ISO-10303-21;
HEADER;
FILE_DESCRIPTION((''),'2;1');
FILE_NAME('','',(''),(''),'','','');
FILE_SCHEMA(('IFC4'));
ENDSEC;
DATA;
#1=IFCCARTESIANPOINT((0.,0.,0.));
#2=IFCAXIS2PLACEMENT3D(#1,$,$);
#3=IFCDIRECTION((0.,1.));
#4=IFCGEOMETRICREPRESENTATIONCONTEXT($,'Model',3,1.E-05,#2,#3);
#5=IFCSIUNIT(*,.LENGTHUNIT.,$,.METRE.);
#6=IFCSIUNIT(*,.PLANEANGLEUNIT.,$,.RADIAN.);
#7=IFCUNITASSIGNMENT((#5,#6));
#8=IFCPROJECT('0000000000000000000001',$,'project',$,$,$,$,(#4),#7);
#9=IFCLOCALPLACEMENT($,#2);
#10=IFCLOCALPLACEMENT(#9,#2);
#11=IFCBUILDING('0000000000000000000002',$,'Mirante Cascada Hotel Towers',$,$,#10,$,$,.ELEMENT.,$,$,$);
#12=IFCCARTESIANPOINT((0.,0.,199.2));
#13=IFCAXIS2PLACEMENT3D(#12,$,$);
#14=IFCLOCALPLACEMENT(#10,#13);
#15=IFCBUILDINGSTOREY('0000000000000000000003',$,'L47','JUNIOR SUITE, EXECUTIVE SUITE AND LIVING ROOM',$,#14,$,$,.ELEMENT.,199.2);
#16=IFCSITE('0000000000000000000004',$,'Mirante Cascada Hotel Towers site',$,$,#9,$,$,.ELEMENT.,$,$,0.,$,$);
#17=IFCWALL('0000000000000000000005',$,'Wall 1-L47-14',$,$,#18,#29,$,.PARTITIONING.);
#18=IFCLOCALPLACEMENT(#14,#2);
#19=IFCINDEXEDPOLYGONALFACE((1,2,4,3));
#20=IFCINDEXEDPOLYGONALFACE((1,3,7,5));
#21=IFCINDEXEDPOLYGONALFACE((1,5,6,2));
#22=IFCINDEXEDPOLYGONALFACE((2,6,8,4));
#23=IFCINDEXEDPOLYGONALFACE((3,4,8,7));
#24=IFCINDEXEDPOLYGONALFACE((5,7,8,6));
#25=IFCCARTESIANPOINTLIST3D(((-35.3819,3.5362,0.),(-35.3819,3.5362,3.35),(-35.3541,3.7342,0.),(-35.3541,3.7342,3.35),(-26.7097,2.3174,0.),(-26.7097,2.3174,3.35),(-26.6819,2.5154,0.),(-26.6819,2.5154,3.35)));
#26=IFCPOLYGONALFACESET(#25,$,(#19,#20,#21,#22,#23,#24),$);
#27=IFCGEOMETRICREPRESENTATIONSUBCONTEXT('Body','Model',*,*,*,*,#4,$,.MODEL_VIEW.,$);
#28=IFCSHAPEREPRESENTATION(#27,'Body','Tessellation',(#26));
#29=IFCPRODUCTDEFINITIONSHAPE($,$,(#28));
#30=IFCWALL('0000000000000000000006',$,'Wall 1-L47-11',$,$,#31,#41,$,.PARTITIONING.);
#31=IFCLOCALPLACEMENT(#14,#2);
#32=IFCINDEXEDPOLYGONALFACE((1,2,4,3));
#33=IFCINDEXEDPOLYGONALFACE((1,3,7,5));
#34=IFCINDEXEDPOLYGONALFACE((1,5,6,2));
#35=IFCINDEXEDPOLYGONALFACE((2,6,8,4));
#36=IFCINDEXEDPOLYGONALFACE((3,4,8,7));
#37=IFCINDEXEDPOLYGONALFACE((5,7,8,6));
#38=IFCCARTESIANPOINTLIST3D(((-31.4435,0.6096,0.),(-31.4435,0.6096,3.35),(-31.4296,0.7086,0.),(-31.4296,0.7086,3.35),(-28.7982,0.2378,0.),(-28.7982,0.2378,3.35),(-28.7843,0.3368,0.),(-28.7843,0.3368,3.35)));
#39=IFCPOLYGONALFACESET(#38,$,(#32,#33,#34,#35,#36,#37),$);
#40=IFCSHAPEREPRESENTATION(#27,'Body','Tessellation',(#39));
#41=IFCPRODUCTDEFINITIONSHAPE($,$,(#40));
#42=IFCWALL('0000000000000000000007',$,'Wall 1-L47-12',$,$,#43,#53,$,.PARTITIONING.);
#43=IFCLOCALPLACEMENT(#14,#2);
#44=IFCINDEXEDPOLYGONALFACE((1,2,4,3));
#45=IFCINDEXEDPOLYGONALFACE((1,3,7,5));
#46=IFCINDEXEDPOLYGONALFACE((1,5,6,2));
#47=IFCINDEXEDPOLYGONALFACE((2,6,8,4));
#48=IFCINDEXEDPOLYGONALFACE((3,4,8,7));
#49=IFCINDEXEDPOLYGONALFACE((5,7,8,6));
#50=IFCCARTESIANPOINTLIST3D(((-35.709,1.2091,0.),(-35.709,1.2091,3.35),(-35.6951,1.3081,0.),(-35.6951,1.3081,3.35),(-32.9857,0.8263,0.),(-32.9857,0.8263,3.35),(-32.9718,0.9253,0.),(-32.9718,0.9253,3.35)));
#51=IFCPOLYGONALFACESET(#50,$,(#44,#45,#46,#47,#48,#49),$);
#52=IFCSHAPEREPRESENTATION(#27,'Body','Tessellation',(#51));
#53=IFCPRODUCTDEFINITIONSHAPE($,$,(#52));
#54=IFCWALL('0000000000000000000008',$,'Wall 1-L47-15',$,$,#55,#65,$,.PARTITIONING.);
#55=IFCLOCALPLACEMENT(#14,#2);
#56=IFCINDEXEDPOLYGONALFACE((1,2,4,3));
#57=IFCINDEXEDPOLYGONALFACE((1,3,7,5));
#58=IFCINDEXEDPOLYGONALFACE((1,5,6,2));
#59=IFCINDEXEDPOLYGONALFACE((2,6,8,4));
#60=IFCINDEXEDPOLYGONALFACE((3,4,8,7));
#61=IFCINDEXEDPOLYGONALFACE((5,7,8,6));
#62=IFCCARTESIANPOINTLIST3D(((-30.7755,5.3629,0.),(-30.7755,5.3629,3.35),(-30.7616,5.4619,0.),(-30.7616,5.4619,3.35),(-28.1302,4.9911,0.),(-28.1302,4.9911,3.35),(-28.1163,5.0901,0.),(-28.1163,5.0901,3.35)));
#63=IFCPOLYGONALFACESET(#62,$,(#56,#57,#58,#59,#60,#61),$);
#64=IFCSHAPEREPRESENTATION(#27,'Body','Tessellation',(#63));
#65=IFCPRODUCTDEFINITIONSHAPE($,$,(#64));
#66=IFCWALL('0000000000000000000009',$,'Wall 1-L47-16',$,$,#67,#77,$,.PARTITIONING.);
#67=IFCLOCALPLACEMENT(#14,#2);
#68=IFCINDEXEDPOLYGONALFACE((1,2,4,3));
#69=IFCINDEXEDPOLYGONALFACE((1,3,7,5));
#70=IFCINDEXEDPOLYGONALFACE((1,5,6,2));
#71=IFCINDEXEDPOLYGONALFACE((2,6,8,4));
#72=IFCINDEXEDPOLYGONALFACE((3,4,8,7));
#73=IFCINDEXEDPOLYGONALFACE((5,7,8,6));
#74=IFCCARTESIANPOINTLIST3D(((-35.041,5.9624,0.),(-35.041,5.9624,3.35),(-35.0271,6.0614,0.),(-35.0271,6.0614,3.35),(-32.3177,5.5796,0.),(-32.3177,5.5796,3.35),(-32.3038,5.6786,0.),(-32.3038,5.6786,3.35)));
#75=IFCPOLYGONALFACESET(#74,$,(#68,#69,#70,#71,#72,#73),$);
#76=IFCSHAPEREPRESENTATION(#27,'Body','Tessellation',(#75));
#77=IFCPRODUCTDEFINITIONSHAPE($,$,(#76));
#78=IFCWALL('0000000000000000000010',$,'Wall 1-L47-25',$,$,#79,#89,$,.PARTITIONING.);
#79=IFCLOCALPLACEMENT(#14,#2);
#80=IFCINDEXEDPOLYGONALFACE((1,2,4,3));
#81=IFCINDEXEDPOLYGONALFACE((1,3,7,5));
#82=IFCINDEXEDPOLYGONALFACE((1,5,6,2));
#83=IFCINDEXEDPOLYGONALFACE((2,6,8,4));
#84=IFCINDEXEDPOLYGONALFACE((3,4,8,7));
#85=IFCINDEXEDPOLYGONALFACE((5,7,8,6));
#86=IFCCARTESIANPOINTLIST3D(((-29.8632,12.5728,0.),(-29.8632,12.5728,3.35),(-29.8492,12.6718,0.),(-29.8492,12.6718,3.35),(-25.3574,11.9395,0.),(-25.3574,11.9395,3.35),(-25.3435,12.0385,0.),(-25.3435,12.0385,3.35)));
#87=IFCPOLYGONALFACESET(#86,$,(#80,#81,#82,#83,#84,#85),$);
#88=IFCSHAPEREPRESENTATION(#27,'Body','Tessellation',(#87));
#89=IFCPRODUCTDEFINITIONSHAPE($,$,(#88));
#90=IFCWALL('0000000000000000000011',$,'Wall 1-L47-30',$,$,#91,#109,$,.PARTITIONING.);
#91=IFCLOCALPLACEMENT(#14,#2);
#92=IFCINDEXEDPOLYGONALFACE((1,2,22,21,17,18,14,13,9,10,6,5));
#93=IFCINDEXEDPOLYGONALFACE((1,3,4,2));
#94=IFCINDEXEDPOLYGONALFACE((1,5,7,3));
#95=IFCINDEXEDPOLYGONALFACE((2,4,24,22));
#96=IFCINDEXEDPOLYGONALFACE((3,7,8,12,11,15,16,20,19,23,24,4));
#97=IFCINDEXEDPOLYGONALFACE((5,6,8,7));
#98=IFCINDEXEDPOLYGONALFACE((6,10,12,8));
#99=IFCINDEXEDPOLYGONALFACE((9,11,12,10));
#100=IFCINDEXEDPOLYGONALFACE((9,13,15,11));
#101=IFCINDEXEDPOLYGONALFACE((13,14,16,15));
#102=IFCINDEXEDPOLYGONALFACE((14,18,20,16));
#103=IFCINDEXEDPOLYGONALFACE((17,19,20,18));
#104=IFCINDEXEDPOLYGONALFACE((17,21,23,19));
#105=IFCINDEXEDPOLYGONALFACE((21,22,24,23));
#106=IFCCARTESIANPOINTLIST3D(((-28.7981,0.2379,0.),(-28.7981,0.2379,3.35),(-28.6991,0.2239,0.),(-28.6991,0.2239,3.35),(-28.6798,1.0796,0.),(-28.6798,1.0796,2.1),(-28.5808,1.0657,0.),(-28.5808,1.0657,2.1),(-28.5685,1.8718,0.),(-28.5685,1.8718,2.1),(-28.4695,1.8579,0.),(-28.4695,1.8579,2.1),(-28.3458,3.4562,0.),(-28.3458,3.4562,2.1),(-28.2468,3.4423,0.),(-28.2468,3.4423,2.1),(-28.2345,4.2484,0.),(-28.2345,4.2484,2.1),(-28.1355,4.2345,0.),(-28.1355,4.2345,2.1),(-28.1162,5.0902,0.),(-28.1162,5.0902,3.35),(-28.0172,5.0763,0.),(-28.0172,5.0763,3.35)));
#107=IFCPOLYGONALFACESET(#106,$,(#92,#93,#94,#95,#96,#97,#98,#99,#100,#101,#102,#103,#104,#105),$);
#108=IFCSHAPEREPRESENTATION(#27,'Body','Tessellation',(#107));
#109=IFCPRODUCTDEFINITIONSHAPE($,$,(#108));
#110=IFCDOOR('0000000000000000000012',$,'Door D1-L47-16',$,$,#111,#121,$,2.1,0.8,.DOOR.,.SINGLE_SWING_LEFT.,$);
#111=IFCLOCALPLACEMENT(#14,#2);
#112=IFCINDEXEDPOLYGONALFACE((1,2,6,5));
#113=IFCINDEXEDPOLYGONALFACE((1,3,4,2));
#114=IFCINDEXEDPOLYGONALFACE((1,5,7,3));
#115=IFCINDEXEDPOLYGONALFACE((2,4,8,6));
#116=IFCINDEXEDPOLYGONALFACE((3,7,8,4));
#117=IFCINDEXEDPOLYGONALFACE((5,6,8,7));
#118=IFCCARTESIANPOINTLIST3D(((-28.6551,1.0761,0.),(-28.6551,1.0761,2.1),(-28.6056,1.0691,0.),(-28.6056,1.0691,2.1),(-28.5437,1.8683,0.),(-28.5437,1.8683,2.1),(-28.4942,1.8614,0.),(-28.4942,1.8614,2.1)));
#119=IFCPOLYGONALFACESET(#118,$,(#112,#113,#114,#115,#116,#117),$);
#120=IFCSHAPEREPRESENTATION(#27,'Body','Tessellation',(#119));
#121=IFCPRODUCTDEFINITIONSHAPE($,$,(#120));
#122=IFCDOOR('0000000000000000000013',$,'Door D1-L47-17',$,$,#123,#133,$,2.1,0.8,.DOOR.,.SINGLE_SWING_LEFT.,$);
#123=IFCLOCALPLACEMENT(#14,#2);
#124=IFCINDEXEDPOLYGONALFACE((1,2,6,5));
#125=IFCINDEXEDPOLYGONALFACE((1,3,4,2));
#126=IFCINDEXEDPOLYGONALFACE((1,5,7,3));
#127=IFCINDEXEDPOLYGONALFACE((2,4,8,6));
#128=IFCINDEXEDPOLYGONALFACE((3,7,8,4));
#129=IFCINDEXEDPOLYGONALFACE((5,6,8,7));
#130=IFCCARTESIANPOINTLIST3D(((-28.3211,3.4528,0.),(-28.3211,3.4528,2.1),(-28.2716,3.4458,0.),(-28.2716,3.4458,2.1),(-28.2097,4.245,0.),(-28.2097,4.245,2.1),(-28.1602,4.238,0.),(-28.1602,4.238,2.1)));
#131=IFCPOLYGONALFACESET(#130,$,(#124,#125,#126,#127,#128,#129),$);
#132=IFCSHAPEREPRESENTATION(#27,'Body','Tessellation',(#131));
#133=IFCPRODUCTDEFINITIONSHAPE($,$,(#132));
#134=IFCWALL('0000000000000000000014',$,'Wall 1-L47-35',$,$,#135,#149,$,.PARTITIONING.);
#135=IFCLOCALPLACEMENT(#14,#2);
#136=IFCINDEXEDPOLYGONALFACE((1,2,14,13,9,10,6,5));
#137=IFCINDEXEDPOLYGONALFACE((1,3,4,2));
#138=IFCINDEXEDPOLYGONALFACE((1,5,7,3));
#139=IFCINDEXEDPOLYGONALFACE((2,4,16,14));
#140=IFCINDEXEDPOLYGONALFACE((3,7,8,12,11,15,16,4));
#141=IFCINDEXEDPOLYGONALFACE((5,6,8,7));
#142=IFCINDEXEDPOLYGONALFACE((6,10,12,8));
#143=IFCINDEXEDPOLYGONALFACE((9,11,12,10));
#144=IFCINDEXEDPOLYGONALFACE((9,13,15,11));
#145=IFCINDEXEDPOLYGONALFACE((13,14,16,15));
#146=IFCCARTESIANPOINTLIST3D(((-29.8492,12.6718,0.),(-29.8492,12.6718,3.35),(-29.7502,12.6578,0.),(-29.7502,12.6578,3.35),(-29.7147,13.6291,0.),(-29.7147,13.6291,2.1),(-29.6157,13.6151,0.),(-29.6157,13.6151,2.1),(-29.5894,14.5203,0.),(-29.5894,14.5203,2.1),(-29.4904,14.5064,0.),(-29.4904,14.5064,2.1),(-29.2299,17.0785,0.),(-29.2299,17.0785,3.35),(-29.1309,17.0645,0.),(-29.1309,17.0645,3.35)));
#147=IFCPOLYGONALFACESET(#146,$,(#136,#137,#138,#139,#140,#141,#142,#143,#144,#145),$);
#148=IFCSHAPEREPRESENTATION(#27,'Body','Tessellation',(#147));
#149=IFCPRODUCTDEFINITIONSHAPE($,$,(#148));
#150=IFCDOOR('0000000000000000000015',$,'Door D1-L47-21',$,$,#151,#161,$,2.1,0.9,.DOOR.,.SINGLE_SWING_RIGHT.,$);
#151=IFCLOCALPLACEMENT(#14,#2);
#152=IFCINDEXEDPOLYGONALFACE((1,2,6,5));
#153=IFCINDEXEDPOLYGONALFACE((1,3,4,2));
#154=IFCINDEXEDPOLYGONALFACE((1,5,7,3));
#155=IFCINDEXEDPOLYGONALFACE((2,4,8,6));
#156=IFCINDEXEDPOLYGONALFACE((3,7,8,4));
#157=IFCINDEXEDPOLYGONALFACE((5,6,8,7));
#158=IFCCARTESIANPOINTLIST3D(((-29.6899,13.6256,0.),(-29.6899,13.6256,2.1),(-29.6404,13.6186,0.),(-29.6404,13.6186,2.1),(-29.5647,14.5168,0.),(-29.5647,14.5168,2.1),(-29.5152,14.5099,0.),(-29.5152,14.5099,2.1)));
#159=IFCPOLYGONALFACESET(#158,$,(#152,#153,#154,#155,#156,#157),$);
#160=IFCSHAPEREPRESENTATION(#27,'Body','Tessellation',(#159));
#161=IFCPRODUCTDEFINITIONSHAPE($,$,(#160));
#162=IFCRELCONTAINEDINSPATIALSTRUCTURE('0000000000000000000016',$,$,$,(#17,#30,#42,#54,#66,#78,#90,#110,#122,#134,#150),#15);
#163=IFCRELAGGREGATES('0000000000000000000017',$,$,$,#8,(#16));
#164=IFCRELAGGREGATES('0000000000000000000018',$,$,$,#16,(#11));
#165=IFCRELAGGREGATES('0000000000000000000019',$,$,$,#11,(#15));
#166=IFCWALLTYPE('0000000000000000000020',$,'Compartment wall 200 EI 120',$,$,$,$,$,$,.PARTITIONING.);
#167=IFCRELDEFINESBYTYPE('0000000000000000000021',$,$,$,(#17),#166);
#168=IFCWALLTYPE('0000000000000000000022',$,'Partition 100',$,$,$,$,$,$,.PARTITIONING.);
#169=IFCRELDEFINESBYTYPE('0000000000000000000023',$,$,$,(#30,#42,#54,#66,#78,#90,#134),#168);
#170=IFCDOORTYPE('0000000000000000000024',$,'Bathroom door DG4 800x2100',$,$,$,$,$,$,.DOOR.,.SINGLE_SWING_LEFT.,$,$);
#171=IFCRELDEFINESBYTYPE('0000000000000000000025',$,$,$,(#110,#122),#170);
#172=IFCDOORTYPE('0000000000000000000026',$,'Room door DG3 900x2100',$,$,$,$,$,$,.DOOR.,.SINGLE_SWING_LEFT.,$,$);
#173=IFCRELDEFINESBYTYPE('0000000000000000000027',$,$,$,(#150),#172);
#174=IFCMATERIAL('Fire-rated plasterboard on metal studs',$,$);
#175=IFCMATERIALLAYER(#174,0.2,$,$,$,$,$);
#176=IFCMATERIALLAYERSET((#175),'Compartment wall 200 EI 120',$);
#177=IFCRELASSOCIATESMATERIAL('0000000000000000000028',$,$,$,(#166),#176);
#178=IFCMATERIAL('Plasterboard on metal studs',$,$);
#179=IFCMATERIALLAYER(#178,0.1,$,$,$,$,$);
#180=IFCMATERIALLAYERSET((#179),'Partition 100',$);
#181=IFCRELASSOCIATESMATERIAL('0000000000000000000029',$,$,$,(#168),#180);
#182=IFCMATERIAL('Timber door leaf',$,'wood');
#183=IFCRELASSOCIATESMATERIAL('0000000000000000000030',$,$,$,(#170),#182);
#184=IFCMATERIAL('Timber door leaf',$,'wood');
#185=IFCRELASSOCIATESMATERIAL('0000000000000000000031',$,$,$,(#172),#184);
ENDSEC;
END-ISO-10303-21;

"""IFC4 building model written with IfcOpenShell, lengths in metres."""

from ifc_helpers import new_model, si_unit, direction, frame, frame_2d, origin, place, context, subcontext, project, spatial, rectangle, extrude, material, layer, layer_set, type_object, element, fill, save


model = new_model("IFC4")

# Units and contexts
model_context = context("Model", 3, precision=1e-05, world=origin(), true_north=direction((0.0, 1.0)))
body_context = subcontext(model_context, "Body", "Model", "MODEL_VIEW")
ifc_project = project(units=[si_unit("LENGTHUNIT", "METRE"), si_unit("PLANEANGLEUNIT", "RADIAN")], contexts=[model_context])

# Site, building, storey
site_placement = place(None, origin())
site = spatial("IfcSite", under=ifc_project, at=site_placement, Name="Mirante Cascada Hotel Towers site", CompositionType="ELEMENT", RefElevation=0.0)
building_placement = place(site_placement, origin())
building = spatial("IfcBuilding", under=site, at=building_placement, Name="Mirante Cascada Hotel Towers", CompositionType="ELEMENT")
storey_placement = place(building_placement, frame((0.0, 0.0, 199.2)))
storey = spatial("IfcBuildingStorey", under=building, at=storey_placement, Name="L47", Description="JUNIOR SUITE, EXECUTIVE SUITE AND LIVING ROOM", CompositionType="ELEMENT", Elevation=199.2)

# Walls
ifc_material_1 = material(Name="Fire-rated plasterboard on metal studs")
ifc_layer_1 = layer(ifc_material_1, 0.2)
ifc_layer_set_1 = layer_set([ifc_layer_1], Name="Compartment wall 200 EI 120")
wall_type_1 = type_object("IfcWallType", Name="Compartment wall 200 EI 120", PredefinedType="PARTITIONING", material=ifc_layer_set_1)
wall_1_placement = place(storey_placement, frame((-26.6958, 2.4164, 0.0), z_axis=(0.0, 0.0, 1.0), x_axis=(-0.990268, 0.139173, 0.0)))
element("IfcWall", 1, at=wall_1_placement, inside=storey, type_object=wall_type_1, Name="Wall 1-L47-14", PredefinedType="PARTITIONING", context=body_context, shape_type="SweptSolid", body=[
    extrude(rectangle(XDim=8.7574, YDim=0.2, at=frame_2d((4.3787, 0.0))), origin(), (0.0, 0.0, 1.0), 3.35),
])
ifc_material_2 = material(Name="Plasterboard on metal studs")
ifc_layer_2 = layer(ifc_material_2, 0.1)
ifc_layer_set_2 = layer_set([ifc_layer_2], Name="Partition 100")
wall_type_2 = type_object("IfcWallType", Name="Partition 100", PredefinedType="PARTITIONING", material=ifc_layer_set_2)
wall_2_placement = place(storey_placement, frame((-31.4365, 0.6591, 0.0), z_axis=(0.0, 0.0, 1.0), x_axis=(0.990267, -0.139183, 0.0)))
element("IfcWall", 2, at=wall_2_placement, inside=storey, type_object=wall_type_2, Name="Wall 1-L47-11", PredefinedType="PARTITIONING", context=body_context, shape_type="SweptSolid", body=[
    extrude(rectangle(XDim=2.6713, YDim=0.1, at=frame_2d((1.3356, 0.0))), origin(), (0.0, 0.0, 1.0), 3.35),
])
wall_3_placement = place(storey_placement, frame((-32.9787, 0.8758, 0.0), z_axis=(0.0, 0.0, 1.0), x_axis=(-0.990265, 0.139196, 0.0)))
element("IfcWall", 3, at=wall_3_placement, inside=storey, type_object=wall_type_2, Name="Wall 1-L47-12", PredefinedType="PARTITIONING", context=body_context, shape_type="SweptSolid", body=[
    extrude(rectangle(XDim=2.7501, YDim=0.1, at=frame_2d((1.3751, 0.0))), origin(), (0.0, 0.0, 1.0), 3.35),
])
wall_4_placement = place(storey_placement, frame((-30.7685, 5.4124, 0.0), z_axis=(0.0, 0.0, 1.0), x_axis=(0.990267, -0.139183, 0.0)))
element("IfcWall", 4, at=wall_4_placement, inside=storey, type_object=wall_type_2, Name="Wall 1-L47-15", PredefinedType="PARTITIONING", context=body_context, shape_type="SweptSolid", body=[
    extrude(rectangle(XDim=2.6713, YDim=0.1, at=frame_2d((1.3356, 0.0))), origin(), (0.0, 0.0, 1.0), 3.35),
])
wall_5_placement = place(storey_placement, frame((-32.3107, 5.6291, 0.0), z_axis=(0.0, 0.0, 1.0), x_axis=(-0.990265, 0.139196, 0.0)))
element("IfcWall", 5, at=wall_5_placement, inside=storey, type_object=wall_type_2, Name="Wall 1-L47-16", PredefinedType="PARTITIONING", context=body_context, shape_type="SweptSolid", body=[
    extrude(rectangle(XDim=2.7501, YDim=0.1, at=frame_2d((1.3751, 0.0))), origin(), (0.0, 0.0, 1.0), 3.35),
])
wall_6_placement = place(storey_placement, frame((-29.8562, 12.6223, 0.0), z_axis=(0.0, 0.0, 1.0), x_axis=(0.990266, -0.139187, 0.0)))
element("IfcWall", 6, at=wall_6_placement, inside=storey, type_object=wall_type_2, Name="Wall 1-L47-25", PredefinedType="PARTITIONING", context=body_context, shape_type="SweptSolid", body=[
    extrude(rectangle(XDim=4.55, YDim=0.1, at=frame_2d((2.275, 0.0))), origin(), (0.0, 0.0, 1.0), 3.35),
])

# Wall, openings, doors
wall_7_placement = place(storey_placement, frame((-28.7486, 0.2309, 0.0), z_axis=(0.0, 0.0, 1.0), x_axis=(0.139164, 0.990269, 0.0)))
wall_7 = element("IfcWall", 7, at=wall_7_placement, inside=storey, type_object=wall_type_2, Name="Wall 1-L47-30", PredefinedType="PARTITIONING", context=body_context, shape_type="SweptSolid", body=[
    extrude(rectangle(XDim=4.9, YDim=0.1, at=frame_2d((2.45, 0.0))), origin(), (0.0, 0.0, 1.0), 3.35),
])
opening_1_placement = place(wall_7_placement, frame((0.85, 0.0, 0.0)))
opening_1 = element("IfcOpeningElement", 8, at=opening_1_placement, cuts=wall_7, PredefinedType="OPENING", context=body_context, shape_type="SweptSolid", body=[
    extrude(rectangle(XDim=0.8, YDim=2.1, at=frame_2d((0.4, 1.05))), frame((0.0, 0.05, 0.0), z_axis=(0.0, -1.0, 0.0), x_axis=(1.0, 0.0, 0.0)), (0.0, 0.0, 1.0), 0.1),
])
opening_2_placement = place(wall_7_placement, frame((3.25, 0.0, 0.0)))
opening_2 = element("IfcOpeningElement", 9, at=opening_2_placement, cuts=wall_7, PredefinedType="OPENING", context=body_context, shape_type="SweptSolid", body=[
    extrude(rectangle(XDim=0.8, YDim=2.1, at=frame_2d((0.4, 1.05))), frame((0.0, 0.05, 0.0), z_axis=(0.0, -1.0, 0.0), x_axis=(1.0, 0.0, 0.0)), (0.0, 0.0, 1.0), 0.1),
])
ifc_material_3 = material(Name="Timber door leaf", Category="wood")
door_type_1 = type_object("IfcDoorType", Name="Bathroom door DG4 800x2100", OperationType="SINGLE_SWING_LEFT", PredefinedType="DOOR", material=ifc_material_3)
door_1_placement = place(opening_1_placement, origin())
door_1 = element("IfcDoor", 10, at=door_1_placement, inside=storey, type_object=door_type_1, Name="Door D1-L47-16", OperationType="SINGLE_SWING_LEFT", OverallHeight=2.1, OverallWidth=0.8, PredefinedType="DOOR", context=body_context, shape_type="SweptSolid", body=[
    extrude(rectangle(XDim=0.8, YDim=2.1, at=frame_2d((0.4, 1.05))), frame((0.0, 0.025, 0.0), z_axis=(0.0, -1.0, 0.0), x_axis=(1.0, 0.0, 0.0)), (0.0, 0.0, 1.0), 0.05),
])
fill(opening_1, door_1)
door_2_placement = place(opening_2_placement, origin())
door_2 = element("IfcDoor", 11, at=door_2_placement, inside=storey, type_object=door_type_1, Name="Door D1-L47-17", OperationType="SINGLE_SWING_LEFT", OverallHeight=2.1, OverallWidth=0.8, PredefinedType="DOOR", context=body_context, shape_type="SweptSolid", body=[
    extrude(rectangle(XDim=0.8, YDim=2.1, at=frame_2d((0.4, 1.05))), frame((0.0, 0.025, 0.0), z_axis=(0.0, -1.0, 0.0), x_axis=(1.0, 0.0, 0.0)), (0.0, 0.0, 1.0), 0.05),
])
fill(opening_2, door_2)

# Wall, opening, door
wall_8_placement = place(storey_placement, frame((-29.1804, 17.0715, 0.0), z_axis=(0.0, 0.0, 1.0), x_axis=(-0.139168, -0.990269, 0.0)))
wall_8 = element("IfcWall", 12, at=wall_8_placement, inside=storey, type_object=wall_type_2, Name="Wall 1-L47-35", PredefinedType="PARTITIONING", context=body_context, shape_type="SweptSolid", body=[
    extrude(rectangle(XDim=4.45, YDim=0.1, at=frame_2d((2.225, 0.0))), origin(), (0.0, 0.0, 1.0), 3.35),
])
opening_3_placement = place(wall_8_placement, frame((2.5833, 0.0, 0.0)))
opening_3 = element("IfcOpeningElement", 13, at=opening_3_placement, cuts=wall_8, PredefinedType="OPENING", context=body_context, shape_type="SweptSolid", body=[
    extrude(rectangle(XDim=0.9, YDim=2.1, at=frame_2d((0.45, 1.05))), frame((0.0, 0.05, 0.0), z_axis=(0.0, -1.0, 0.0), x_axis=(1.0, 0.0, 0.0)), (0.0, 0.0, 1.0), 0.1),
])
ifc_material_4 = material(Name="Timber door leaf", Category="wood")
door_type_2 = type_object("IfcDoorType", Name="Room door DG3 900x2100", OperationType="SINGLE_SWING_LEFT", PredefinedType="DOOR", material=ifc_material_4)
door_3_placement = place(opening_3_placement, frame((0.9, 0.0, 0.0), z_axis=(0.0, 0.0, 1.0), x_axis=(-1.0, 0.0, 0.0)))
door_3 = element("IfcDoor", 14, at=door_3_placement, inside=storey, type_object=door_type_2, Name="Door D1-L47-21", OperationType="SINGLE_SWING_RIGHT", OverallHeight=2.1, OverallWidth=0.9, PredefinedType="DOOR", context=body_context, shape_type="SweptSolid", body=[
    extrude(rectangle(XDim=0.9, YDim=2.1, at=frame_2d((0.45, 1.05))), frame((0.0, 0.025, 0.0), z_axis=(0.0, -1.0, 0.0), x_axis=(1.0, 0.0, 0.0)), (0.0, 0.0, 1.0), 0.05),
])
fill(opening_3, door_3)

save(model, "model.ifc")
